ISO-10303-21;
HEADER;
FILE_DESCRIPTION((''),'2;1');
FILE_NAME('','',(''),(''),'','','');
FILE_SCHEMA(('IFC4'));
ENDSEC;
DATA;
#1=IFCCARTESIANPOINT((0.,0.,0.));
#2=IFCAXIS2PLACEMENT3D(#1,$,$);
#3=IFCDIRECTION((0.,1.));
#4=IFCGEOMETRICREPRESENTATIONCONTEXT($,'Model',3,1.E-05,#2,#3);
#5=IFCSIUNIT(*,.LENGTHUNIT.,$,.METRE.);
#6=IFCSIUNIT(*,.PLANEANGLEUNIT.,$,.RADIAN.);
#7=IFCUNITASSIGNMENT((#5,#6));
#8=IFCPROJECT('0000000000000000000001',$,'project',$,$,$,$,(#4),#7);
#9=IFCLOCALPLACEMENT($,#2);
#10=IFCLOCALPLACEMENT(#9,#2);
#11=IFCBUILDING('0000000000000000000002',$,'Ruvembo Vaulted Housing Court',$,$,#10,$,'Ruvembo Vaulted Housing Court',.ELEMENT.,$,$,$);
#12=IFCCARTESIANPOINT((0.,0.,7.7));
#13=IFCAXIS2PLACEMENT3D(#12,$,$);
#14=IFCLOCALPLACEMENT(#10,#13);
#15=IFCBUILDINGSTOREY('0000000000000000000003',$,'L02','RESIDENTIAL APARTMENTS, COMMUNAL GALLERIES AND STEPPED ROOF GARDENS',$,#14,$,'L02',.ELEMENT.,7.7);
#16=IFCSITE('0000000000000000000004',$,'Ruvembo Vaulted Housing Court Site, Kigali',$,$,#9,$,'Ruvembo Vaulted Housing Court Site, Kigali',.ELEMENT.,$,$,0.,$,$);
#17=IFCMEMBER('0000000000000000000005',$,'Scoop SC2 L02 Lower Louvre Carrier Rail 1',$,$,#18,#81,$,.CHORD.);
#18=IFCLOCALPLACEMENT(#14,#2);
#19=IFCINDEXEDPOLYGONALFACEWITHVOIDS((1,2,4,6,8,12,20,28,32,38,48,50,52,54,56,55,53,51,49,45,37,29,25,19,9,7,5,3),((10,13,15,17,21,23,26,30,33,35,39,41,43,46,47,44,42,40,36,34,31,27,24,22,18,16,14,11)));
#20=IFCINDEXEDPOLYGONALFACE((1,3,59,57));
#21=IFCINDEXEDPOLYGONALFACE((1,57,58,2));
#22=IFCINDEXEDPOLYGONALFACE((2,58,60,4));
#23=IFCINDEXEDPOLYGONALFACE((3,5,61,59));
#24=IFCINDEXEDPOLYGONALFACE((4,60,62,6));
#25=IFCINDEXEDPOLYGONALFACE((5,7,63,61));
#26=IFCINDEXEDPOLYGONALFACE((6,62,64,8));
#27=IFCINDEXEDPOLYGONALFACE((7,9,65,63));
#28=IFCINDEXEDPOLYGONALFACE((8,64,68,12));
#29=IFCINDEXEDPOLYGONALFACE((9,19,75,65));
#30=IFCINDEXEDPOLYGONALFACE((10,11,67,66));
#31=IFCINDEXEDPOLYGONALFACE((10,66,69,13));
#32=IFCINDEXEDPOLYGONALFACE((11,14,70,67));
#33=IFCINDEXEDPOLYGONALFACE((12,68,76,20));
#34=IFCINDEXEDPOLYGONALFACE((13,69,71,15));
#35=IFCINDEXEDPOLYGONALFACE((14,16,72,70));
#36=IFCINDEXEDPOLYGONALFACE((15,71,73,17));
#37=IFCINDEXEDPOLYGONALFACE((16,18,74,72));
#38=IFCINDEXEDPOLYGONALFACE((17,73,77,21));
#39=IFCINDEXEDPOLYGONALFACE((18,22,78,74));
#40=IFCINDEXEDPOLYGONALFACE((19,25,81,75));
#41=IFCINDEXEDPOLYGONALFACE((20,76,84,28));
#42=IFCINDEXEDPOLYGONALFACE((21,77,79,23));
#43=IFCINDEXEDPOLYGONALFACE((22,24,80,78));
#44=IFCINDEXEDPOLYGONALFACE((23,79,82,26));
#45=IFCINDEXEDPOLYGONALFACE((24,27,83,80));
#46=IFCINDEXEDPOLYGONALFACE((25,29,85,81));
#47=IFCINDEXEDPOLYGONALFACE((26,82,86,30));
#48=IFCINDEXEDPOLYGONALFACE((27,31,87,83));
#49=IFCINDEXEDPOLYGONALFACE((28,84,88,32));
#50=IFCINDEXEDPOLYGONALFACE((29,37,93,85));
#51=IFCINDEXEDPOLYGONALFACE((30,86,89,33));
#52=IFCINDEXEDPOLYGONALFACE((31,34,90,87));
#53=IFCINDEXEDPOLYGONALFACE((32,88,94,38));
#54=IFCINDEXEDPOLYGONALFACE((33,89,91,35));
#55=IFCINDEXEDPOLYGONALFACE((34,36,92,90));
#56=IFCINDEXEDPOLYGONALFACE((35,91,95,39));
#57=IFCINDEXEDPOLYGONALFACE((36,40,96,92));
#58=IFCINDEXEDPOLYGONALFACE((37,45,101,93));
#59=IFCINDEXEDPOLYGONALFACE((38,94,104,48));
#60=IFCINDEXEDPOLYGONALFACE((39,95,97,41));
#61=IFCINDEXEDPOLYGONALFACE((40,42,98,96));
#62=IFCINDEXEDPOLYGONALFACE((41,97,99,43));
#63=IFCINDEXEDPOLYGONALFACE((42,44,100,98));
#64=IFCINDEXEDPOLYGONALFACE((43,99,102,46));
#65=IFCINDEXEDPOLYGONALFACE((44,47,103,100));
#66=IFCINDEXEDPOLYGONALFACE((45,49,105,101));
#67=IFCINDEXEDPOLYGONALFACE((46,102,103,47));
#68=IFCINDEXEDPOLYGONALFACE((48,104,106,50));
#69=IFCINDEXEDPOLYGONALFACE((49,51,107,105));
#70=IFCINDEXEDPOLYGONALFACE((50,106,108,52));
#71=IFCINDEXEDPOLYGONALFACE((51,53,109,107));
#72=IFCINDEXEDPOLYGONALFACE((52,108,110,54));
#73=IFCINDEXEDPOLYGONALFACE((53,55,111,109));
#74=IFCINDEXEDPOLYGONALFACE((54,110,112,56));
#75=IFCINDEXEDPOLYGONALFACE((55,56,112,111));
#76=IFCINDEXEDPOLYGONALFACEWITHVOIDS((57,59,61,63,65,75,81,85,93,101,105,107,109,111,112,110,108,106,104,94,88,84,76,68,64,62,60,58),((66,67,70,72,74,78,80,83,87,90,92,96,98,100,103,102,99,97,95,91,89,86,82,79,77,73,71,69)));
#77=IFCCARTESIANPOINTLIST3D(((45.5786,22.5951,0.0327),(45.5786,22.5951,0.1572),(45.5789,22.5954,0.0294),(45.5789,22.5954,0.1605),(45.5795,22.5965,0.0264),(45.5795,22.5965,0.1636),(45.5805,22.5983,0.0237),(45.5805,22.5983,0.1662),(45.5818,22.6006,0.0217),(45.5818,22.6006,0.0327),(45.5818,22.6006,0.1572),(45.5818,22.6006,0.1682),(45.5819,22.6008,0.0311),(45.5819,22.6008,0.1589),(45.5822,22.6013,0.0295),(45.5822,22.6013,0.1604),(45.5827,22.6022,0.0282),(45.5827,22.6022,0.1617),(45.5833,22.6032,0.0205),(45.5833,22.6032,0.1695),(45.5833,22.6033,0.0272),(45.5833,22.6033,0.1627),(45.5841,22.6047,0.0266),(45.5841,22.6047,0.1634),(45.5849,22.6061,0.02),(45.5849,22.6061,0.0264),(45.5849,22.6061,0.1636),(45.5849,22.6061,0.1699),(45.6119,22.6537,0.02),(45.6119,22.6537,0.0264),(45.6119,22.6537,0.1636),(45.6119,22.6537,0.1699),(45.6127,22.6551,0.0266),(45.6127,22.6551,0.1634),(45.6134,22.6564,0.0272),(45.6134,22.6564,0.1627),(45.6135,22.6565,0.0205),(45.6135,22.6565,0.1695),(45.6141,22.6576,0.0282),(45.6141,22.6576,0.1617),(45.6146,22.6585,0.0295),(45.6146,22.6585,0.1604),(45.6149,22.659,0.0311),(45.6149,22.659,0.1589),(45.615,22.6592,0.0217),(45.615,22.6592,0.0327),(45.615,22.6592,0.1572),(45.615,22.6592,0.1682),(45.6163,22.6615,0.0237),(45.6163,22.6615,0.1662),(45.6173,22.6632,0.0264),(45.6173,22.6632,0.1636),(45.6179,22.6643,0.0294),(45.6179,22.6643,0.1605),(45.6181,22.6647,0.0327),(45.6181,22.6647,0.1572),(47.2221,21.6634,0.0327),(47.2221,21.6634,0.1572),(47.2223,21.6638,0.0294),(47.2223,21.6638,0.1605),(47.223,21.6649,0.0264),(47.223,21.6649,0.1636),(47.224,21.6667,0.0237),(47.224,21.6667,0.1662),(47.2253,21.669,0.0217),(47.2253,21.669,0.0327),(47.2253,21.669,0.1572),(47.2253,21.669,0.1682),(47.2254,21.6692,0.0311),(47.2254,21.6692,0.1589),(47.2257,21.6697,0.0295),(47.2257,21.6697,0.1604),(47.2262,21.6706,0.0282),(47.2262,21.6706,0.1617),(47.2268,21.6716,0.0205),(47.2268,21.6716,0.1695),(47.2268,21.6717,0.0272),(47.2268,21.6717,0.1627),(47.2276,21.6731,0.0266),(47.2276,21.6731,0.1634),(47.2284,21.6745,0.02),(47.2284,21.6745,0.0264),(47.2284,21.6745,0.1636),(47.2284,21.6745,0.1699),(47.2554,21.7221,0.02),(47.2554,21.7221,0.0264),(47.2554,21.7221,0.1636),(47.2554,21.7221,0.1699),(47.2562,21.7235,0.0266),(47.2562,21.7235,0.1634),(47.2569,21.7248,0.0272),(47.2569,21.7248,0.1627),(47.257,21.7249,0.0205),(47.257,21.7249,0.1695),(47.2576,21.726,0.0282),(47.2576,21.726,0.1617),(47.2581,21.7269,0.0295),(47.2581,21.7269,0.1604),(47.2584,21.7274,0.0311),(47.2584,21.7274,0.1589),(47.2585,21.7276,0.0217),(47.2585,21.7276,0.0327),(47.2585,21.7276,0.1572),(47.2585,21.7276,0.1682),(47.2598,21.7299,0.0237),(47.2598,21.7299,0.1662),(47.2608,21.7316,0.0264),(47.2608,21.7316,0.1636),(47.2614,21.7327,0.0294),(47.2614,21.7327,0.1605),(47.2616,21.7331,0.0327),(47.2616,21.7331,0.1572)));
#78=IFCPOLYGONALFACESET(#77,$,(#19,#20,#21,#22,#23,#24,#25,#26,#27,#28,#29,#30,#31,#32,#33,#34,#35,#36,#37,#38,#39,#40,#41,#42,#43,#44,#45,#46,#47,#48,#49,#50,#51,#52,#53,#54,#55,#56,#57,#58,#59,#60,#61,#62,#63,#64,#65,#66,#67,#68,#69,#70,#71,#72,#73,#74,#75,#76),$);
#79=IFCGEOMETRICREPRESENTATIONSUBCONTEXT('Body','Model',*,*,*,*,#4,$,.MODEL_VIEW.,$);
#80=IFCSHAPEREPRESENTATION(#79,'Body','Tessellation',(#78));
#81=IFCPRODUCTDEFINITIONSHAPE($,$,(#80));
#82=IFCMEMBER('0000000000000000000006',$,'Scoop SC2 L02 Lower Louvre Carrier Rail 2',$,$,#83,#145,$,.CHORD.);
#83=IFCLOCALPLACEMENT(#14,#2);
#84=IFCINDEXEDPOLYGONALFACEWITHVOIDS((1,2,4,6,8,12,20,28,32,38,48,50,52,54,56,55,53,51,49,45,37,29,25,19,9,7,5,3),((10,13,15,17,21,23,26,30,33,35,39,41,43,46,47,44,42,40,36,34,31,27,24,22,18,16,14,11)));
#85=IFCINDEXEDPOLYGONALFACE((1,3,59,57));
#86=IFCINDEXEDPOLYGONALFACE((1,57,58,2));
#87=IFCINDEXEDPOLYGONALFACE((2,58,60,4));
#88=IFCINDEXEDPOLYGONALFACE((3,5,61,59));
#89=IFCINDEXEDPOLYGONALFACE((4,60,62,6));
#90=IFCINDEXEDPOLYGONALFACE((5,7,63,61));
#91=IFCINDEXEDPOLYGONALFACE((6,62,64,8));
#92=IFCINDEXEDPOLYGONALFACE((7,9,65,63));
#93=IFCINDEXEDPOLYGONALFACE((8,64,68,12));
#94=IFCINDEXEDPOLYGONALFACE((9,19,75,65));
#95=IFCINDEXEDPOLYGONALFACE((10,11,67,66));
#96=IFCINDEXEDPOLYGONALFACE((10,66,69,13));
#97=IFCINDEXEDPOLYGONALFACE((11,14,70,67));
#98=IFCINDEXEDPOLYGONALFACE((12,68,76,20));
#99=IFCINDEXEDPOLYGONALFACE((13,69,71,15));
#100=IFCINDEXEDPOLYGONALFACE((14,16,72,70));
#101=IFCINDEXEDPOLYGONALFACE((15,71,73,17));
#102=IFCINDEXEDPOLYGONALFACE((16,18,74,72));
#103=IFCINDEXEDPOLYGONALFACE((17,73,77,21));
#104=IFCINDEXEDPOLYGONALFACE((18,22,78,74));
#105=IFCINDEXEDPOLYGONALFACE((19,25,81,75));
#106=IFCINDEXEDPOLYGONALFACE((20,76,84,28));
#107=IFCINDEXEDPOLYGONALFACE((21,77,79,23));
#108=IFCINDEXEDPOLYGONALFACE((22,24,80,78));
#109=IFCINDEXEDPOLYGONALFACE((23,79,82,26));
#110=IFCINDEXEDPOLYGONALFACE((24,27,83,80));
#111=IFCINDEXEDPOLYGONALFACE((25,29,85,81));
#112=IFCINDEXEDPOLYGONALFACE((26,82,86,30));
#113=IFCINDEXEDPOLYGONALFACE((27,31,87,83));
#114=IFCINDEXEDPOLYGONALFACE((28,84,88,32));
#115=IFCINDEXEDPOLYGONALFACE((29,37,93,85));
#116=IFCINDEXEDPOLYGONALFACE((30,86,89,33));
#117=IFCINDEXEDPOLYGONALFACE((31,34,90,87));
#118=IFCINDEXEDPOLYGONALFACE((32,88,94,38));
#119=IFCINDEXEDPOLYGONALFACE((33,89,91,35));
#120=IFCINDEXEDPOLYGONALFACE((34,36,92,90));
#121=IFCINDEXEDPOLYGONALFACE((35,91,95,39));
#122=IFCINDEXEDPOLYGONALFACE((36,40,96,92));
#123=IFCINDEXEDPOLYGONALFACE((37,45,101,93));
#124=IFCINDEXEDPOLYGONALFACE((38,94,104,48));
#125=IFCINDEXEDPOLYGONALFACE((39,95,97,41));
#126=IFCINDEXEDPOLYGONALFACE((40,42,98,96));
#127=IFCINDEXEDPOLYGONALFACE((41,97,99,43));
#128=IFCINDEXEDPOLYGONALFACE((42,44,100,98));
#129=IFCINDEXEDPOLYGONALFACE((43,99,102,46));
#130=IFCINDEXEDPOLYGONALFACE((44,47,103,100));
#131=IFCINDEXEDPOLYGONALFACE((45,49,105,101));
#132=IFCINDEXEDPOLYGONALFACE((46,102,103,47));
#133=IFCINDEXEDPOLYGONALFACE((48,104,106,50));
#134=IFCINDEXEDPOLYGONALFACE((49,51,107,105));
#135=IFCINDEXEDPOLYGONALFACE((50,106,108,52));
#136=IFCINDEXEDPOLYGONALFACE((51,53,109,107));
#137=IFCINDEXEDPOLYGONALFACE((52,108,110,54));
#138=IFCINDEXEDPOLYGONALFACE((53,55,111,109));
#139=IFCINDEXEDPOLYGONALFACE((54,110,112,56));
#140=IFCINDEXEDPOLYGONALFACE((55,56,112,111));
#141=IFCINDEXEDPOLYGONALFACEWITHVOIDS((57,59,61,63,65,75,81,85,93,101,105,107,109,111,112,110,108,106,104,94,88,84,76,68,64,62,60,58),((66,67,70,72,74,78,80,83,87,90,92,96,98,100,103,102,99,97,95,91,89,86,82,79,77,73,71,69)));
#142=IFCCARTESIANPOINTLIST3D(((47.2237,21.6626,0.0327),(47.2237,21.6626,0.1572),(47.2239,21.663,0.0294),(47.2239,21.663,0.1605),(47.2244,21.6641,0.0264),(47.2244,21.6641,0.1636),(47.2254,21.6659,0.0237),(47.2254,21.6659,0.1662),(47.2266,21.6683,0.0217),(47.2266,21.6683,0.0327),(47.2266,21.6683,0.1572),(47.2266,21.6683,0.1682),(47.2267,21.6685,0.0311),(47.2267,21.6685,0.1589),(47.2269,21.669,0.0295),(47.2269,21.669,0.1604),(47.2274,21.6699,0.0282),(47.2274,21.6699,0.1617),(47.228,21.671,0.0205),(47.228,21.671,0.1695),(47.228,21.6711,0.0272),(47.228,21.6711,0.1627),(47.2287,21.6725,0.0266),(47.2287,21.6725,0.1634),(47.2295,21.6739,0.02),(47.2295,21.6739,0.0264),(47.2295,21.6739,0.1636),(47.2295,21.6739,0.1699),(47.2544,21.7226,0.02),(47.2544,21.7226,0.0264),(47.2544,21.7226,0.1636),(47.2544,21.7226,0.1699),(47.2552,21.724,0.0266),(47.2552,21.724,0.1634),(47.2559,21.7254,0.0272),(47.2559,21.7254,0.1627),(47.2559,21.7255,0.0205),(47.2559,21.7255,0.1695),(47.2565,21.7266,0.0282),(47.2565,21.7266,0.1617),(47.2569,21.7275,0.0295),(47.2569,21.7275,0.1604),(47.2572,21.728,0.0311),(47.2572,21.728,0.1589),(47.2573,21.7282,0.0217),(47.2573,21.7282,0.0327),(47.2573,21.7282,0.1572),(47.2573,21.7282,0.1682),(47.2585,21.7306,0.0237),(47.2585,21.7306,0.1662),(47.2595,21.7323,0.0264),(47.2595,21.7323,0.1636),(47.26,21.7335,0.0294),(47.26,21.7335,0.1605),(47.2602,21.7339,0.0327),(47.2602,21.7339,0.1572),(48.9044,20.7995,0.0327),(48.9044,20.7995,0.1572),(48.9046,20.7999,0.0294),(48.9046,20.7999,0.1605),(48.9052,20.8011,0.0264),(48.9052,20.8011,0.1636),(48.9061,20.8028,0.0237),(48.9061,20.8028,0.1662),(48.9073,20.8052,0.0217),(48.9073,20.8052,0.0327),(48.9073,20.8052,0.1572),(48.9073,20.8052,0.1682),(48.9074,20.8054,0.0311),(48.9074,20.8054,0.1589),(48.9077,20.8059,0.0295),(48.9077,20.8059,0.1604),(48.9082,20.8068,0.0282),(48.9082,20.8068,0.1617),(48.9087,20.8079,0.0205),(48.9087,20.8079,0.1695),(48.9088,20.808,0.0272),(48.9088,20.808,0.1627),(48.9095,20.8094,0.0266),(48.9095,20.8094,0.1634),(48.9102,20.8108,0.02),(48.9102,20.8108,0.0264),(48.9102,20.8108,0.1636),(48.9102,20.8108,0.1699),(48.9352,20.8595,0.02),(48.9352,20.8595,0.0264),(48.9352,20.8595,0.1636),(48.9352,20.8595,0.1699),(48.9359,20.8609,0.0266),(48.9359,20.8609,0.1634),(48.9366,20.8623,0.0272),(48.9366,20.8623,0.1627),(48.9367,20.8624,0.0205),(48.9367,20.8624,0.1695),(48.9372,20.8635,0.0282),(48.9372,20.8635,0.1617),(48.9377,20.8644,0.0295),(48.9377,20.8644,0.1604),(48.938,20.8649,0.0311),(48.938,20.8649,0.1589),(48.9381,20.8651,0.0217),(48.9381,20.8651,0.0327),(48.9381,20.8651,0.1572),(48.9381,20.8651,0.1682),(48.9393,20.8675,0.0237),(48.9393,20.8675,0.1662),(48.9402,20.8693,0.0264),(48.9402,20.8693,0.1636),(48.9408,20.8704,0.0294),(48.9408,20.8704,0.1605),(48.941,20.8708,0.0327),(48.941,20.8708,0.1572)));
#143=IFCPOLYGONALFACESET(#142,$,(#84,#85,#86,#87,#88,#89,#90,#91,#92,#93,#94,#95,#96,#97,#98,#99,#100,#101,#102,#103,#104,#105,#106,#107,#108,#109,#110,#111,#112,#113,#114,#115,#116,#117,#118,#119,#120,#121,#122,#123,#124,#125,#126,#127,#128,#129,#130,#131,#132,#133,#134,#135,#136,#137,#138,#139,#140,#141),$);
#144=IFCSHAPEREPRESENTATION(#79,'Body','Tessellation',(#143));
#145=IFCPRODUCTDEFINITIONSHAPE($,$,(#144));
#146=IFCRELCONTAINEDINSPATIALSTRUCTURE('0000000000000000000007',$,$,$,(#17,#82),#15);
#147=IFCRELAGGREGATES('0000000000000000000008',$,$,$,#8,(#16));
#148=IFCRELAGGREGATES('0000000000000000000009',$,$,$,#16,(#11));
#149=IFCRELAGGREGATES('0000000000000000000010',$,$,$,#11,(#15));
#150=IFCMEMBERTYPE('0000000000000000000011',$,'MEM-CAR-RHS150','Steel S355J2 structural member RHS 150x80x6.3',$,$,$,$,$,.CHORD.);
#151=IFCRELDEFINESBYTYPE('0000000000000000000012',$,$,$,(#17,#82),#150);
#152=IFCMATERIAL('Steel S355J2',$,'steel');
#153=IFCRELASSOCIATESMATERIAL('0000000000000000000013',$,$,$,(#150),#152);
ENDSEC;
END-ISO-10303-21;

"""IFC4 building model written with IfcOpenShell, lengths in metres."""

from ifc_helpers import new_model, si_unit, direction, frame, origin, origin_2d, place, context, subcontext, project, spatial, hollow_rectangle, extrude, material, material_profile, profile_set, type_object, element, save


model = new_model("IFC4")

# Units and contexts
model_context = context("Model", 3, precision=1e-05, world=origin(), true_north=direction((0.0, 1.0)))
body_context = subcontext(model_context, "Body", "Model", "MODEL_VIEW")
ifc_project = project(units=[si_unit("LENGTHUNIT", "METRE"), si_unit("PLANEANGLEUNIT", "RADIAN")], contexts=[model_context])

# Site, building, storey
site_placement = place(None, origin())
site = spatial("IfcSite", under=ifc_project, at=site_placement, Name="Ruvembo Vaulted Housing Court Site, Kigali", LongName="Ruvembo Vaulted Housing Court Site, Kigali", CompositionType="ELEMENT", RefElevation=0.0)
building_placement = place(site_placement, origin())
building = spatial("IfcBuilding", under=site, at=building_placement, Name="Ruvembo Vaulted Housing Court", LongName="Ruvembo Vaulted Housing Court", CompositionType="ELEMENT")
storey_placement = place(building_placement, frame((0.0, 0.0, 7.7)))
storey = spatial("IfcBuildingStorey", under=building, at=storey_placement, Name="L02", Description="RESIDENTIAL APARTMENTS, COMMUNAL GALLERIES AND STEPPED ROOF GARDENS", LongName="L02", CompositionType="ELEMENT", Elevation=7.7)

# Shared definitions
ifc_material_1 = material(Name="Steel S355J2", Category="steel")

# Members
ifc_material_profile_1 = material_profile(ifc_material_1, hollow_rectangle(XDim=0.0801, YDim=0.1499, WallThickness=0.0063, InnerFilletRadius=0.0063, OuterFilletRadius=0.0127, at=origin_2d()), Name="RHS 150x80x6.3")
ifc_profile_set_1 = profile_set([ifc_material_profile_1], Name="Steel S355J2")
member_type_1 = type_object("IfcMemberType", Name="MEM-CAR-RHS150", Description="Steel S355J2 structural member RHS 150x80x6.3", PredefinedType="CHORD", material=ifc_profile_set_1)
member_1_placement = place(storey_placement, frame((45.5984, 22.6299, 0.095), z_axis=(0.869956, -0.49313, 0.0), x_axis=(0.49313, 0.869956, 0.0)))
element("IfcMember", 1, at=member_1_placement, inside=storey, type_object=member_type_1, Name="Scoop SC2 L02 Lower Louvre Carrier Rail 1", PredefinedType="CHORD", context=body_context, shape_type="SweptSolid", body=[
    extrude(hollow_rectangle(XDim=0.0801, YDim=0.1499, WallThickness=0.0063, InnerFilletRadius=0.0063, OuterFilletRadius=0.0127, at=origin_2d()), origin(), (0.0, 0.0, 1.0), 1.8892),
])
member_2_placement = place(storey_placement, frame((47.2419, 21.6982, 0.095), z_axis=(0.889568, -0.456802, 0.0), x_axis=(0.456802, 0.889568, 0.0)))
element("IfcMember", 2, at=member_2_placement, inside=storey, type_object=member_type_1, Name="Scoop SC2 L02 Lower Louvre Carrier Rail 2", PredefinedType="CHORD", context=body_context, shape_type="SweptSolid", body=[
    extrude(hollow_rectangle(XDim=0.0801, YDim=0.1499, WallThickness=0.0063, InnerFilletRadius=0.0063, OuterFilletRadius=0.0127, at=origin_2d()), origin(), (0.0, 0.0, 1.0), 1.8894),
])

save(model, "model.ifc")
